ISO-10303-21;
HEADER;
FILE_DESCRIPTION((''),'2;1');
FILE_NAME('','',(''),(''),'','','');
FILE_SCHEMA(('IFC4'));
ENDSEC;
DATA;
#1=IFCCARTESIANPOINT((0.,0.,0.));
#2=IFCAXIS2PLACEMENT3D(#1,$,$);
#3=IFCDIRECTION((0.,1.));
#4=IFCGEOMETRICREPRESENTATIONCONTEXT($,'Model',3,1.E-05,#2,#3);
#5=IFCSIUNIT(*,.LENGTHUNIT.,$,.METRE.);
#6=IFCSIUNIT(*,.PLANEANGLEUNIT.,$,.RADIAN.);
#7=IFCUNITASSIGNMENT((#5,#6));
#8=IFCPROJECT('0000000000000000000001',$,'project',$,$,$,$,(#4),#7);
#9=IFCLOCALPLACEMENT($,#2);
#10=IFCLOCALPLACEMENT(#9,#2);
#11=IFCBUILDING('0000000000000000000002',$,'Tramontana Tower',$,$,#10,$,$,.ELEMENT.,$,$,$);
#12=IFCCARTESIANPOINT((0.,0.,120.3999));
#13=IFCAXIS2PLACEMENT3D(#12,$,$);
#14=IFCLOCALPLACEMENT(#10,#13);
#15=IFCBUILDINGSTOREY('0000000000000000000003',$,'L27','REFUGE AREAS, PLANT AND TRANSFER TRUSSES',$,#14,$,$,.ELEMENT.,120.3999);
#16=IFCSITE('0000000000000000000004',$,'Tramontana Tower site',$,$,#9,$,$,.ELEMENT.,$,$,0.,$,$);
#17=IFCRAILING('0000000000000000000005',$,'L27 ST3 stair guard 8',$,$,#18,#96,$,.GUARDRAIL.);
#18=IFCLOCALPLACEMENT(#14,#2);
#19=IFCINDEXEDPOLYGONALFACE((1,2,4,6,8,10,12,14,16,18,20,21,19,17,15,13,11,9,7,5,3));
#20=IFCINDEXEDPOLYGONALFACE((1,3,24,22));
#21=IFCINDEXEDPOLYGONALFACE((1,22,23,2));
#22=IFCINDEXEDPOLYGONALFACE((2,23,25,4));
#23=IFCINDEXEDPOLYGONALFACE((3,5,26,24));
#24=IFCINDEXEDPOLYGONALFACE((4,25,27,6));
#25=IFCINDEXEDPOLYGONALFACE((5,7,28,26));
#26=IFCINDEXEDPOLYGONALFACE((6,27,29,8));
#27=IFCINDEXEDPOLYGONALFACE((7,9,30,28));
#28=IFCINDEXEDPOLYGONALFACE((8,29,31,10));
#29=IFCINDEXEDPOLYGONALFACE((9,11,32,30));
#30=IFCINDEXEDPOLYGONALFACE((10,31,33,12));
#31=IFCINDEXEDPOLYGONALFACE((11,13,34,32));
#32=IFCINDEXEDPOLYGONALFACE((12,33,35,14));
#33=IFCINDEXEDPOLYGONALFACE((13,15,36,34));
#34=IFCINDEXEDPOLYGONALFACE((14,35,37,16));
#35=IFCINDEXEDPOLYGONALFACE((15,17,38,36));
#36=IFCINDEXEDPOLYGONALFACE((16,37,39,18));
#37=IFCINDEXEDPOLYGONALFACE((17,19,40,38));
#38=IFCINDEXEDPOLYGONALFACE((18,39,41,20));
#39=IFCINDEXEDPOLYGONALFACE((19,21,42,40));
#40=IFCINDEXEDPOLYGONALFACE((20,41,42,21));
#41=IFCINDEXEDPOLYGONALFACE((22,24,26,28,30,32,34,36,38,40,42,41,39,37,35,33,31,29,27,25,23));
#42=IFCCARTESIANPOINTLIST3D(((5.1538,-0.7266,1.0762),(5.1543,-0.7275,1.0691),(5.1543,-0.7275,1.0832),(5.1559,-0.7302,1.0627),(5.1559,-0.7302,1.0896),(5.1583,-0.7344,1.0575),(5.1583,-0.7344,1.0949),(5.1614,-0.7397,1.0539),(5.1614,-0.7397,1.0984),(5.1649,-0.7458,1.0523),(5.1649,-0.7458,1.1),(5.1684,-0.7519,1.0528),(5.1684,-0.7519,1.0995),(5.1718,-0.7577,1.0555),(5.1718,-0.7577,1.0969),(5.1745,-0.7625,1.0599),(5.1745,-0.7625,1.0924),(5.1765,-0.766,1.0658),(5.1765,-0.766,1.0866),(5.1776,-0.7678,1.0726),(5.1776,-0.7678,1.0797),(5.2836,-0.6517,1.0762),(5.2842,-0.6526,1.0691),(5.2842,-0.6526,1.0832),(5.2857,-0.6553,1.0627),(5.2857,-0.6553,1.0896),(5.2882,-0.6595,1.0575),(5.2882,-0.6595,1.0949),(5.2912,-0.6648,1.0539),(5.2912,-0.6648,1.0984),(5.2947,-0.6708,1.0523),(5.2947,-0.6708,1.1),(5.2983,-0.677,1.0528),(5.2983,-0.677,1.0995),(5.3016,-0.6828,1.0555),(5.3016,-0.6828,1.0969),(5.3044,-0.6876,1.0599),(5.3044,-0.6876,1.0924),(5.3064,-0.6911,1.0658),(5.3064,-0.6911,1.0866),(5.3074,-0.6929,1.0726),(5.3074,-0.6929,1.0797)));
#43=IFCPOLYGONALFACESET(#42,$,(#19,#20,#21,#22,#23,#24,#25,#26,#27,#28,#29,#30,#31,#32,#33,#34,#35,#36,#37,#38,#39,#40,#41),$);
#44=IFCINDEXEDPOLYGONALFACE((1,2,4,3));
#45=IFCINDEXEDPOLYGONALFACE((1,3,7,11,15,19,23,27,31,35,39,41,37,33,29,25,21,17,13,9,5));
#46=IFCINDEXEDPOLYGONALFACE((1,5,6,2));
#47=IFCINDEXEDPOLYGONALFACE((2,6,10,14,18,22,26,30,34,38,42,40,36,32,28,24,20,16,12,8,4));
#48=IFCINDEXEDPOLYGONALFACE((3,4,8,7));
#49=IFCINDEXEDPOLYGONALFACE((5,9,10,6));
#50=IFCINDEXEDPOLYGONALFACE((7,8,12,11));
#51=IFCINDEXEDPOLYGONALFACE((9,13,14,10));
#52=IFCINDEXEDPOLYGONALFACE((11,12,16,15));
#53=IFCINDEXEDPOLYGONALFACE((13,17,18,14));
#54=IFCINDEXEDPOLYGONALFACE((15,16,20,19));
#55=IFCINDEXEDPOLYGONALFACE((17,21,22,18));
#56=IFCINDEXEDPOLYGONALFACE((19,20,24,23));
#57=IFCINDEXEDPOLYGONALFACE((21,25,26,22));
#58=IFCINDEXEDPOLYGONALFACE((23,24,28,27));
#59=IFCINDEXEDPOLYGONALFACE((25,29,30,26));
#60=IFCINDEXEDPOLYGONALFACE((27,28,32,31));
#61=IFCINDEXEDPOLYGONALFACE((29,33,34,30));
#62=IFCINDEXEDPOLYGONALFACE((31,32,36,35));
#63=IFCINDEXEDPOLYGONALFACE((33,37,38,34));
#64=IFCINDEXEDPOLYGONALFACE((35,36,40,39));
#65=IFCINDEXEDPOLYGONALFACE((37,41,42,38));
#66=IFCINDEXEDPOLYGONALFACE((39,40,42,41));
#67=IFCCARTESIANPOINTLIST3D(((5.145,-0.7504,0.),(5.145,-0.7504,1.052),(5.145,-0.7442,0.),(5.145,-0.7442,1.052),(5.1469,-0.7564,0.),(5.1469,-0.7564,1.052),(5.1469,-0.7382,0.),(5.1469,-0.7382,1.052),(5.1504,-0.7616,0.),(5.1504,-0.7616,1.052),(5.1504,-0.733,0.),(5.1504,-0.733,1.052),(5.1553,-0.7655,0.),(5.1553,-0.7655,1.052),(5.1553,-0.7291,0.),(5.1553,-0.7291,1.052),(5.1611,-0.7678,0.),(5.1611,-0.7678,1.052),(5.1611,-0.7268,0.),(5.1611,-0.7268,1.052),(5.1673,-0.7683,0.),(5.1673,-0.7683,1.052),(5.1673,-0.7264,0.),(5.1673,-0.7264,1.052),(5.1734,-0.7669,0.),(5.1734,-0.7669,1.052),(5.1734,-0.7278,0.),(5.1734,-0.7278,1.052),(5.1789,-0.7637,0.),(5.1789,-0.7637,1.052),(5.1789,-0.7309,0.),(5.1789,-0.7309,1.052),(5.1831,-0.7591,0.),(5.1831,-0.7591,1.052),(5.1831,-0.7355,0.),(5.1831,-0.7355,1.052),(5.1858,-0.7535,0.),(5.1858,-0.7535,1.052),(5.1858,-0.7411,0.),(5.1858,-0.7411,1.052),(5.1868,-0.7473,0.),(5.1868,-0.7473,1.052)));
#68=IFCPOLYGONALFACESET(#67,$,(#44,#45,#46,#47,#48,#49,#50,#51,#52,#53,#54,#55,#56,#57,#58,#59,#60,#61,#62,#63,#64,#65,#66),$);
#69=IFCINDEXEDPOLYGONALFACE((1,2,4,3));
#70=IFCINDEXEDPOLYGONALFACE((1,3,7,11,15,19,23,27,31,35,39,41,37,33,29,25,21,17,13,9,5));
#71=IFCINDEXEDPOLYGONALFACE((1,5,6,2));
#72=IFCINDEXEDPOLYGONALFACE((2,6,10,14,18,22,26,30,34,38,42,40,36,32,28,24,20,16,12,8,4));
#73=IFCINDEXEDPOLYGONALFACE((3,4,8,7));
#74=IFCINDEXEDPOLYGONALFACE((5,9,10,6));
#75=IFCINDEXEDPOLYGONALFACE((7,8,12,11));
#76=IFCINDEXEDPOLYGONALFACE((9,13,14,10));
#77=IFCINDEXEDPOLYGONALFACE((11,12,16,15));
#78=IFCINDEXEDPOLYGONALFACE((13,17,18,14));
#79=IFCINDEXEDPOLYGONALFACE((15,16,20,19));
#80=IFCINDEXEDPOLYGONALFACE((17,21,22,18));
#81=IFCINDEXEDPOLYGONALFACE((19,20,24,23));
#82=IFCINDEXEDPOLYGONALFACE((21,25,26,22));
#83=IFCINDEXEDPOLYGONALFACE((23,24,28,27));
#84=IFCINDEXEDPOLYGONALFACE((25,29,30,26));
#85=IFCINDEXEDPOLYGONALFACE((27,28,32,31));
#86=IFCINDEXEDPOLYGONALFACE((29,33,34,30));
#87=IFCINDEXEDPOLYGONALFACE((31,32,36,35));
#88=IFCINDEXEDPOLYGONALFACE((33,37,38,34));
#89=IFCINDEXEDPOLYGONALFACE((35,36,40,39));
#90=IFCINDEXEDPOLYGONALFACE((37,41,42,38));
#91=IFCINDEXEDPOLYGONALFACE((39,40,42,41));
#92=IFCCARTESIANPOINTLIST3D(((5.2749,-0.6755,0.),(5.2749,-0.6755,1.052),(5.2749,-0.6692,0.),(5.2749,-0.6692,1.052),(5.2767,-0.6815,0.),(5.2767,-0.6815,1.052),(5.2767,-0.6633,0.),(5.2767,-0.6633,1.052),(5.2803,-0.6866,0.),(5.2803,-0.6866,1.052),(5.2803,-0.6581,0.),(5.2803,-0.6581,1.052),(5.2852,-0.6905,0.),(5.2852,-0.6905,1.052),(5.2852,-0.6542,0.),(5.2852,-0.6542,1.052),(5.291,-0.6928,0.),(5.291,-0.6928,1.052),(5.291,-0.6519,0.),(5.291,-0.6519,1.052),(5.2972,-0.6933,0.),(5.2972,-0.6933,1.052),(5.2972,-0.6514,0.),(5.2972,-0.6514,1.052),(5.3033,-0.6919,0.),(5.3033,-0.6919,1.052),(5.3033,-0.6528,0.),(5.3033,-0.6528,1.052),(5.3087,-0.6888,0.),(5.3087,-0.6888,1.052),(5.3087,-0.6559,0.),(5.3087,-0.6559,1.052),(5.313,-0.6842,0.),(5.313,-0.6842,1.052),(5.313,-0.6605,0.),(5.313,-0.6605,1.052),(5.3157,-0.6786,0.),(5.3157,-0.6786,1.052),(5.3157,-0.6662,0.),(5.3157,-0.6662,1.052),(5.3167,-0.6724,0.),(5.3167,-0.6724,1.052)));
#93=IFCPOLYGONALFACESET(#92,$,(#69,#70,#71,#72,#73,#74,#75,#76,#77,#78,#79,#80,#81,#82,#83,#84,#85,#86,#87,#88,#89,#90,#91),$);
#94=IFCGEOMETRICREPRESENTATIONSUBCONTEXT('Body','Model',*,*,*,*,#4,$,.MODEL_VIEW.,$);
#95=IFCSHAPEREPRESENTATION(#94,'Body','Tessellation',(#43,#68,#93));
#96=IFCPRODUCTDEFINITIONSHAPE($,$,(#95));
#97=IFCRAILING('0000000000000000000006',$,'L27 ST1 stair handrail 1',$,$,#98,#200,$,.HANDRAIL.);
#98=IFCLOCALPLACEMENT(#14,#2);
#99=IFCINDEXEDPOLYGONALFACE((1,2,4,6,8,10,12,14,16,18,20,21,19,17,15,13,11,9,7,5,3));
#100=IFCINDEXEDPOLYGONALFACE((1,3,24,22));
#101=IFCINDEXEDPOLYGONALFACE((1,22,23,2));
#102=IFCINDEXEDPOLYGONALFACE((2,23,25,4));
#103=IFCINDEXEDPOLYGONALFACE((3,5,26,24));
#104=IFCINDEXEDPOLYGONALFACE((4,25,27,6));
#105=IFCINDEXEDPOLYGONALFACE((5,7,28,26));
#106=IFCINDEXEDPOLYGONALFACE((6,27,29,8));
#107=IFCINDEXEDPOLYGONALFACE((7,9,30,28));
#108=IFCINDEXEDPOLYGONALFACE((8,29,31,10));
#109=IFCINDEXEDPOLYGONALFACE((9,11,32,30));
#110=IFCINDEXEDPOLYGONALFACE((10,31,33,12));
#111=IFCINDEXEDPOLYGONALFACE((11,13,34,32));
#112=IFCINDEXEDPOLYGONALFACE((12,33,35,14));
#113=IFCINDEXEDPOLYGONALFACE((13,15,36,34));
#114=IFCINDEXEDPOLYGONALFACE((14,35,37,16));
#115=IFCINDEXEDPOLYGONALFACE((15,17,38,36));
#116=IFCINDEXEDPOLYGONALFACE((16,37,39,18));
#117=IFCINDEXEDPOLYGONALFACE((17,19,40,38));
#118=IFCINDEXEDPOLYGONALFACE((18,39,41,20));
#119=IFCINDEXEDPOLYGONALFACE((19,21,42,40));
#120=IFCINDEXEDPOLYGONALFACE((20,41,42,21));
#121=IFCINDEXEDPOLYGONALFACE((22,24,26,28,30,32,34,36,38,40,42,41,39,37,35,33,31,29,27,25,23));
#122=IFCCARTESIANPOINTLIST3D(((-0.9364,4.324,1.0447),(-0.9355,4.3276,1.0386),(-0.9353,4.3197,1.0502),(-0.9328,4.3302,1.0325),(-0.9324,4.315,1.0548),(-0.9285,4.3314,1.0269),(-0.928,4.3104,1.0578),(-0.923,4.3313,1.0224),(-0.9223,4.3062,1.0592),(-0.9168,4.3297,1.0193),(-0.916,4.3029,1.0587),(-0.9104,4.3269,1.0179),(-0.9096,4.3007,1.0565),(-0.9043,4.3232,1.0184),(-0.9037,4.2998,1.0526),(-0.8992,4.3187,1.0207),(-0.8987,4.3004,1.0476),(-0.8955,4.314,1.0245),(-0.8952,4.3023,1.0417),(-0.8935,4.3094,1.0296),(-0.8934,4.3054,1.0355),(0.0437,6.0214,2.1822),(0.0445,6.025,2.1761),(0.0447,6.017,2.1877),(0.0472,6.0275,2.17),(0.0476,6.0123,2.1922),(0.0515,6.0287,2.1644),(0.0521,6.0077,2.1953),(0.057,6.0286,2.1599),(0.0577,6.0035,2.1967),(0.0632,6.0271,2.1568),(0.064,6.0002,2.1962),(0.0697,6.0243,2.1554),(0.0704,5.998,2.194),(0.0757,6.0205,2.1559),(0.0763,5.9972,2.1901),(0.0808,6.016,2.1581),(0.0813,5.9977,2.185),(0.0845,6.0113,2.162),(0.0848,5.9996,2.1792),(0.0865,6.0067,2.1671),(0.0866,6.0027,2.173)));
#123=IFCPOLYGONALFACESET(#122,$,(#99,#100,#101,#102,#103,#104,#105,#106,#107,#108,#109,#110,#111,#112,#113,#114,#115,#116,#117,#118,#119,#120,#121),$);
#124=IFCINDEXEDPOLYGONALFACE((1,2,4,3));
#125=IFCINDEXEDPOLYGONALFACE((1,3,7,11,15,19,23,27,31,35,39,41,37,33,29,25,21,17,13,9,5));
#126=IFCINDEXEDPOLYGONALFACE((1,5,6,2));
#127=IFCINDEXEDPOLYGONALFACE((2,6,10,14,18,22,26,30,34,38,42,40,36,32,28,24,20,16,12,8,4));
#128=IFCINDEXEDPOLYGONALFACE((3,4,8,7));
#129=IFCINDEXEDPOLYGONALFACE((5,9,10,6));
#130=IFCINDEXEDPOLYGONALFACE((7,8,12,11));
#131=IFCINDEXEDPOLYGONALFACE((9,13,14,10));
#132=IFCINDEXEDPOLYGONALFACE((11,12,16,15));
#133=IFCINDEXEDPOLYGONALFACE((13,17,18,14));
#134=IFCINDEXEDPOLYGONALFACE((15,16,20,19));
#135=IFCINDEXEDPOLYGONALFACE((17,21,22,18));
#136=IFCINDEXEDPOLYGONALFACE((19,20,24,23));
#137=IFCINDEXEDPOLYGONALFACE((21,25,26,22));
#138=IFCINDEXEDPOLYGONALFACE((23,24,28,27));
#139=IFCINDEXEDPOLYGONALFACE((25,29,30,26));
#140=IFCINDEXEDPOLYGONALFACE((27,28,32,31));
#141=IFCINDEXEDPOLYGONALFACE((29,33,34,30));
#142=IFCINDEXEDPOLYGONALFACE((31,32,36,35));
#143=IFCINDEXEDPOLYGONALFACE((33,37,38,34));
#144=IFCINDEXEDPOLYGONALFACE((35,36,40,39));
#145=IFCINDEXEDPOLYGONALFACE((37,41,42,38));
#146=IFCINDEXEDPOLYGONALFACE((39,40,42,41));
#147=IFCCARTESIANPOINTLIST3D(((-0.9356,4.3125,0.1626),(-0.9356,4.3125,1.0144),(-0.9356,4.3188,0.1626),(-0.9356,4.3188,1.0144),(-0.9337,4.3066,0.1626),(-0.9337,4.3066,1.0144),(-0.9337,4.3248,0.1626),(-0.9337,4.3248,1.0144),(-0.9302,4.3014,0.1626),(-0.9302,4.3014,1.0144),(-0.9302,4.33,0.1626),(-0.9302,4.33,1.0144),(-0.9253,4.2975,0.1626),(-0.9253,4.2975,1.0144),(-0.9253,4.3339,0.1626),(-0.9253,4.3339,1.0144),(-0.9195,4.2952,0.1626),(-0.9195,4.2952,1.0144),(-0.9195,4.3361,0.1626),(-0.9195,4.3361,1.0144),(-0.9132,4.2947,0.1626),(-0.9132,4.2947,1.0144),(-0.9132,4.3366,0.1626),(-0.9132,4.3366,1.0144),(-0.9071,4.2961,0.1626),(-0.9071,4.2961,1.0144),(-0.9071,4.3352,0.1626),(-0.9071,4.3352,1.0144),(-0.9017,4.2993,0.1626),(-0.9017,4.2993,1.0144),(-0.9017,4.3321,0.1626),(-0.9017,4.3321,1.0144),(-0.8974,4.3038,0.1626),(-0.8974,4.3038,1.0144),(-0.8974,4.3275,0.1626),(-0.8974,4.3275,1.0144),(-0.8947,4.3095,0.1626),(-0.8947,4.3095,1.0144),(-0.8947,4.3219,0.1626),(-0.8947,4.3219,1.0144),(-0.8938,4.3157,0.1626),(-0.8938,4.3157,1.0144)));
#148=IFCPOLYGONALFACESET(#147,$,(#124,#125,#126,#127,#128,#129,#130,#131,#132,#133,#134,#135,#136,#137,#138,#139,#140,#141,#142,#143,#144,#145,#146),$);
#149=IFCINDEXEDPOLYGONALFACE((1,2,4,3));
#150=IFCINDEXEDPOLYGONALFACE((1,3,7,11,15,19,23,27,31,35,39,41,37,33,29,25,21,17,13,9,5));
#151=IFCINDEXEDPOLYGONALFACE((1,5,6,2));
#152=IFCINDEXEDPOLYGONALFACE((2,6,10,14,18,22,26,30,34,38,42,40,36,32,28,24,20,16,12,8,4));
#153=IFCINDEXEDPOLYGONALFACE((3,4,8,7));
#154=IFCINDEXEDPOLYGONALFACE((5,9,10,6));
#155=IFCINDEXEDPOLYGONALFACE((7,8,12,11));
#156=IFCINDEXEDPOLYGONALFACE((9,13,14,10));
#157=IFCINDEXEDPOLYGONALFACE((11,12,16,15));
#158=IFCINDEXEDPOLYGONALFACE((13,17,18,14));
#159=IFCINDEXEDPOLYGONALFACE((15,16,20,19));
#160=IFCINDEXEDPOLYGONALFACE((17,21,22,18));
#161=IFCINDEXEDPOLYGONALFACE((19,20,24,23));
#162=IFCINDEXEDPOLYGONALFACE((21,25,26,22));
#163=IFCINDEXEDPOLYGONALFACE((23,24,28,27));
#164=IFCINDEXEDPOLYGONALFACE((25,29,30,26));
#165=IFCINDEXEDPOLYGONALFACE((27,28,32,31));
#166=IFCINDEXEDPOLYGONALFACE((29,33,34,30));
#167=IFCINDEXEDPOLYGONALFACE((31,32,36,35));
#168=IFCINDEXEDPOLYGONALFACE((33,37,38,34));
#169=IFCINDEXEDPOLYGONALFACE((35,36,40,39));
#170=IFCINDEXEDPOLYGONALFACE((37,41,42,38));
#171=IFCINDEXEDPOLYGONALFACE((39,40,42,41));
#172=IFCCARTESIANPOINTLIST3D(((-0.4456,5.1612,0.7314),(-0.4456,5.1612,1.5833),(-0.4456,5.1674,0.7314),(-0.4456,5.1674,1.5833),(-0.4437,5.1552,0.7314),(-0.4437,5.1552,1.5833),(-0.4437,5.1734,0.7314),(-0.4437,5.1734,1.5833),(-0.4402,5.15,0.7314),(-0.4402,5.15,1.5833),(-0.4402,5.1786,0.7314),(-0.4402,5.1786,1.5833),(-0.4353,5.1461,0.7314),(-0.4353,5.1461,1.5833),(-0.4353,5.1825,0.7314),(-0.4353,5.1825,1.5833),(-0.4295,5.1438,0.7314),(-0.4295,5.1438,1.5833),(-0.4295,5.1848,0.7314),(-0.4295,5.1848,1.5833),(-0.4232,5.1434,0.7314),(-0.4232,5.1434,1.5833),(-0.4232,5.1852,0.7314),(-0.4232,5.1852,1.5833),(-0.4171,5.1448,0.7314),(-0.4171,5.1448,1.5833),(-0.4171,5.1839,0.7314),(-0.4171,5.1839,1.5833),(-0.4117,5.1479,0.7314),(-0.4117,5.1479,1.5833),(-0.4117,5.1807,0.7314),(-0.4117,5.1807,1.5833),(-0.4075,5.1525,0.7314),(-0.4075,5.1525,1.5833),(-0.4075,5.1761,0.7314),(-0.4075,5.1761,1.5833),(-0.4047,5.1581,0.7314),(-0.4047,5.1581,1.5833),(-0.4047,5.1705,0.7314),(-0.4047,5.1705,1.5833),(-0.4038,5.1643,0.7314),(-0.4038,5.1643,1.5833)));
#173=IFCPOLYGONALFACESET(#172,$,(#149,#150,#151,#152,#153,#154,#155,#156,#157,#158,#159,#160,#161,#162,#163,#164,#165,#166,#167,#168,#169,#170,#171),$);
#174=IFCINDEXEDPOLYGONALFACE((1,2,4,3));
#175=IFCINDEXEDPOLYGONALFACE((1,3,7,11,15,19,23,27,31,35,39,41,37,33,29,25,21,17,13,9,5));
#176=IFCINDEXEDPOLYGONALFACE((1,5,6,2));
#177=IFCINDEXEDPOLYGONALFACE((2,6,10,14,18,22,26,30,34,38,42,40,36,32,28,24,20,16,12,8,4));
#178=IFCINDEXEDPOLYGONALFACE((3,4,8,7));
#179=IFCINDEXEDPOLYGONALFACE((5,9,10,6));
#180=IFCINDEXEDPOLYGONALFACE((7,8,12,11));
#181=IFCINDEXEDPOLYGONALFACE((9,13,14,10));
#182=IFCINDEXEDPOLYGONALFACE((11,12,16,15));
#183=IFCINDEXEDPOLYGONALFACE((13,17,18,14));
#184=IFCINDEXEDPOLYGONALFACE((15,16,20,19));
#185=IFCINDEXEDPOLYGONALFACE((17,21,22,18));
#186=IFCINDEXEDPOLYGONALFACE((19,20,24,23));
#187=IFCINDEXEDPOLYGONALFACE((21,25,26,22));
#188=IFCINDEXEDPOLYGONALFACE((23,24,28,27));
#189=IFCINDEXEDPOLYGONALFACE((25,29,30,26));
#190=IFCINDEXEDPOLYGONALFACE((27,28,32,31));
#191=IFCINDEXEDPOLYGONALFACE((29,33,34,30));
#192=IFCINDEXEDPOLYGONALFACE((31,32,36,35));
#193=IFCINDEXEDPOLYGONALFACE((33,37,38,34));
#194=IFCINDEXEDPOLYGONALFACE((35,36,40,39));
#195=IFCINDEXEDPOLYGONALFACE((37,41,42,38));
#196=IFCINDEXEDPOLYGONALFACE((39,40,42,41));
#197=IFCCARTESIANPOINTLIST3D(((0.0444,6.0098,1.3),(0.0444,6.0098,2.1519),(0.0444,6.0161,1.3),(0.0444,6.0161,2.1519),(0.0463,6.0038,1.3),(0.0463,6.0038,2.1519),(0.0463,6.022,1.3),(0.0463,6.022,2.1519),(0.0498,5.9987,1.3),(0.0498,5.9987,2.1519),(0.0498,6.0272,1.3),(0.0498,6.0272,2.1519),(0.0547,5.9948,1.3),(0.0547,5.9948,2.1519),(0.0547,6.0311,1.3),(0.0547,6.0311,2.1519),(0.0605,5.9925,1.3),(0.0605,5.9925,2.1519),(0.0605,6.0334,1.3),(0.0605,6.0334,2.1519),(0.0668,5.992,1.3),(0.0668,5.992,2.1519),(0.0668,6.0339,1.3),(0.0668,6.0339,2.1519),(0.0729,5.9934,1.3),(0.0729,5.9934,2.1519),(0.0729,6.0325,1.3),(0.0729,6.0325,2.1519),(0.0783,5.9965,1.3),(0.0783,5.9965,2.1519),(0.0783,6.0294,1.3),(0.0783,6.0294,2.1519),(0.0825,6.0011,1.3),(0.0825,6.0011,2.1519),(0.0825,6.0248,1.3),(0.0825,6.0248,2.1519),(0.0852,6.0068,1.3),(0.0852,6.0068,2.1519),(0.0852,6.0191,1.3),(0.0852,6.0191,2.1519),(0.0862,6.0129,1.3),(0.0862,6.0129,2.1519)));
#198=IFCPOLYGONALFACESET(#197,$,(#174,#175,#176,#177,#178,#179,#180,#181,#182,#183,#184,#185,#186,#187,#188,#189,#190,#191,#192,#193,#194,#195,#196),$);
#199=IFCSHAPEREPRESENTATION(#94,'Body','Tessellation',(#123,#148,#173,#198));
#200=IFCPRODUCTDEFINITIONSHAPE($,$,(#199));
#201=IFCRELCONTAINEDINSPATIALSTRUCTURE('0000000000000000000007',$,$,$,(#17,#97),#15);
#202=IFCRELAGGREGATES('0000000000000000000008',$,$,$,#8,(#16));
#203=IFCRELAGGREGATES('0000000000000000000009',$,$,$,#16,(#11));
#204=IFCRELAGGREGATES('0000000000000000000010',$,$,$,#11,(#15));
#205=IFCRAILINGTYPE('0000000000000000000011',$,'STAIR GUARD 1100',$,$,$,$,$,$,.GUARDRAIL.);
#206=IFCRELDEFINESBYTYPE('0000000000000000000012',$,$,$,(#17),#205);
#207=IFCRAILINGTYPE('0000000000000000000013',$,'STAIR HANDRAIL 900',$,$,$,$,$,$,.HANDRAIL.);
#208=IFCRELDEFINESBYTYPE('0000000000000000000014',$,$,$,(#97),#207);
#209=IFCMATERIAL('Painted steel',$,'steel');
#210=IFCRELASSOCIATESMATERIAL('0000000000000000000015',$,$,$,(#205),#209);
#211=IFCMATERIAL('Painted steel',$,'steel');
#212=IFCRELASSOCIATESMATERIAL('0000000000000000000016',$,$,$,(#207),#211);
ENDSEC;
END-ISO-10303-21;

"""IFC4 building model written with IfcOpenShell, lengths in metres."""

from ifc_helpers import new_model, si_unit, direction, frame, origin, origin_2d, place, context, subcontext, project, spatial, circle, extrude, material, type_object, element, save


model = new_model("IFC4")

# Units and contexts
model_context = context("Model", 3, precision=1e-05, world=origin(), true_north=direction((0.0, 1.0)))
body_context = subcontext(model_context, "Body", "Model", "MODEL_VIEW")
ifc_project = project(units=[si_unit("LENGTHUNIT", "METRE"), si_unit("PLANEANGLEUNIT", "RADIAN")], contexts=[model_context])

# Site, building, storey
site_placement = place(None, origin())
site = spatial("IfcSite", under=ifc_project, at=site_placement, Name="Tramontana Tower site", CompositionType="ELEMENT", RefElevation=0.0)
building_placement = place(site_placement, origin())
building = spatial("IfcBuilding", under=site, at=building_placement, Name="Tramontana Tower", CompositionType="ELEMENT")
storey_placement = place(building_placement, frame((0.0, 0.0, 120.3999)))
storey = spatial("IfcBuildingStorey", under=building, at=storey_placement, Name="L27", Description="REFUGE AREAS, PLANT AND TRANSFER TRUSSES", CompositionType="ELEMENT", Elevation=120.3999)

# Railings
ifc_material_1 = material(Name="Painted steel", Category="steel")
railing_type_1 = type_object("IfcRailingType", Name="STAIR GUARD 1100", PredefinedType="GUARDRAIL", material=ifc_material_1)
railing_1_placement = place(storey_placement, frame((5.1658, -0.7473, 0.0)))
element("IfcRailing", 1, at=railing_1_placement, inside=storey, type_object=railing_type_1, Name="L27 ST3 stair guard 8", PredefinedType="GUARDRAIL", context=body_context, shape_type="SweptSolid", body=[
    extrude(circle(Radius=0.0239, at=origin_2d()), frame((0.0, 0.0, 1.0762), z_axis=(0.866131, 0.499816, 0.0), x_axis=(-0.499816, 0.866131, 0.0)), (0.0, 0.0, 1.0), 0.1499),
    extrude(circle(Radius=0.021, at=origin_2d()), origin(), (0.0, 0.0, 1.0), 1.052),
    extrude(circle(Radius=0.021, at=origin_2d()), frame((0.1299, 0.075, 0.0)), (0.0, 0.0, 1.0), 1.052),
])
ifc_material_2 = material(Name="Painted steel", Category="steel")
railing_type_2 = type_object("IfcRailingType", Name="STAIR HANDRAIL 900", PredefinedType="HANDRAIL", material=ifc_material_2)
railing_2_placement = place(storey_placement, frame((-0.9148, 4.3157, 0.1626)))
element("IfcRailing", 2, at=railing_2_placement, inside=storey, type_object=railing_type_2, Name="L27 ST1 stair handrail 1", PredefinedType="HANDRAIL", context=body_context, shape_type="SweptSolid", body=[
    extrude(circle(Radius=0.0239, at=origin_2d()), frame((0.0, 0.0, 0.876), z_axis=(0.432467, 0.749006, 0.501959), x_axis=(-0.866011, 0.500024, 0.0)), (0.0, 0.0, 1.0), 2.2661),
    extrude(circle(Radius=0.021, at=origin_2d()), origin(), (0.0, 0.0, 1.0), 0.8518),
    extrude(circle(Radius=0.021, at=origin_2d()), frame((0.49, 0.8486, 0.5688)), (0.0, 0.0, 1.0), 0.8518),
    extrude(circle(Radius=0.021, at=origin_2d()), frame((0.98, 1.6973, 1.1375)), (0.0, 0.0, 1.0), 0.8518),
])

save(model, "model.ifc")
